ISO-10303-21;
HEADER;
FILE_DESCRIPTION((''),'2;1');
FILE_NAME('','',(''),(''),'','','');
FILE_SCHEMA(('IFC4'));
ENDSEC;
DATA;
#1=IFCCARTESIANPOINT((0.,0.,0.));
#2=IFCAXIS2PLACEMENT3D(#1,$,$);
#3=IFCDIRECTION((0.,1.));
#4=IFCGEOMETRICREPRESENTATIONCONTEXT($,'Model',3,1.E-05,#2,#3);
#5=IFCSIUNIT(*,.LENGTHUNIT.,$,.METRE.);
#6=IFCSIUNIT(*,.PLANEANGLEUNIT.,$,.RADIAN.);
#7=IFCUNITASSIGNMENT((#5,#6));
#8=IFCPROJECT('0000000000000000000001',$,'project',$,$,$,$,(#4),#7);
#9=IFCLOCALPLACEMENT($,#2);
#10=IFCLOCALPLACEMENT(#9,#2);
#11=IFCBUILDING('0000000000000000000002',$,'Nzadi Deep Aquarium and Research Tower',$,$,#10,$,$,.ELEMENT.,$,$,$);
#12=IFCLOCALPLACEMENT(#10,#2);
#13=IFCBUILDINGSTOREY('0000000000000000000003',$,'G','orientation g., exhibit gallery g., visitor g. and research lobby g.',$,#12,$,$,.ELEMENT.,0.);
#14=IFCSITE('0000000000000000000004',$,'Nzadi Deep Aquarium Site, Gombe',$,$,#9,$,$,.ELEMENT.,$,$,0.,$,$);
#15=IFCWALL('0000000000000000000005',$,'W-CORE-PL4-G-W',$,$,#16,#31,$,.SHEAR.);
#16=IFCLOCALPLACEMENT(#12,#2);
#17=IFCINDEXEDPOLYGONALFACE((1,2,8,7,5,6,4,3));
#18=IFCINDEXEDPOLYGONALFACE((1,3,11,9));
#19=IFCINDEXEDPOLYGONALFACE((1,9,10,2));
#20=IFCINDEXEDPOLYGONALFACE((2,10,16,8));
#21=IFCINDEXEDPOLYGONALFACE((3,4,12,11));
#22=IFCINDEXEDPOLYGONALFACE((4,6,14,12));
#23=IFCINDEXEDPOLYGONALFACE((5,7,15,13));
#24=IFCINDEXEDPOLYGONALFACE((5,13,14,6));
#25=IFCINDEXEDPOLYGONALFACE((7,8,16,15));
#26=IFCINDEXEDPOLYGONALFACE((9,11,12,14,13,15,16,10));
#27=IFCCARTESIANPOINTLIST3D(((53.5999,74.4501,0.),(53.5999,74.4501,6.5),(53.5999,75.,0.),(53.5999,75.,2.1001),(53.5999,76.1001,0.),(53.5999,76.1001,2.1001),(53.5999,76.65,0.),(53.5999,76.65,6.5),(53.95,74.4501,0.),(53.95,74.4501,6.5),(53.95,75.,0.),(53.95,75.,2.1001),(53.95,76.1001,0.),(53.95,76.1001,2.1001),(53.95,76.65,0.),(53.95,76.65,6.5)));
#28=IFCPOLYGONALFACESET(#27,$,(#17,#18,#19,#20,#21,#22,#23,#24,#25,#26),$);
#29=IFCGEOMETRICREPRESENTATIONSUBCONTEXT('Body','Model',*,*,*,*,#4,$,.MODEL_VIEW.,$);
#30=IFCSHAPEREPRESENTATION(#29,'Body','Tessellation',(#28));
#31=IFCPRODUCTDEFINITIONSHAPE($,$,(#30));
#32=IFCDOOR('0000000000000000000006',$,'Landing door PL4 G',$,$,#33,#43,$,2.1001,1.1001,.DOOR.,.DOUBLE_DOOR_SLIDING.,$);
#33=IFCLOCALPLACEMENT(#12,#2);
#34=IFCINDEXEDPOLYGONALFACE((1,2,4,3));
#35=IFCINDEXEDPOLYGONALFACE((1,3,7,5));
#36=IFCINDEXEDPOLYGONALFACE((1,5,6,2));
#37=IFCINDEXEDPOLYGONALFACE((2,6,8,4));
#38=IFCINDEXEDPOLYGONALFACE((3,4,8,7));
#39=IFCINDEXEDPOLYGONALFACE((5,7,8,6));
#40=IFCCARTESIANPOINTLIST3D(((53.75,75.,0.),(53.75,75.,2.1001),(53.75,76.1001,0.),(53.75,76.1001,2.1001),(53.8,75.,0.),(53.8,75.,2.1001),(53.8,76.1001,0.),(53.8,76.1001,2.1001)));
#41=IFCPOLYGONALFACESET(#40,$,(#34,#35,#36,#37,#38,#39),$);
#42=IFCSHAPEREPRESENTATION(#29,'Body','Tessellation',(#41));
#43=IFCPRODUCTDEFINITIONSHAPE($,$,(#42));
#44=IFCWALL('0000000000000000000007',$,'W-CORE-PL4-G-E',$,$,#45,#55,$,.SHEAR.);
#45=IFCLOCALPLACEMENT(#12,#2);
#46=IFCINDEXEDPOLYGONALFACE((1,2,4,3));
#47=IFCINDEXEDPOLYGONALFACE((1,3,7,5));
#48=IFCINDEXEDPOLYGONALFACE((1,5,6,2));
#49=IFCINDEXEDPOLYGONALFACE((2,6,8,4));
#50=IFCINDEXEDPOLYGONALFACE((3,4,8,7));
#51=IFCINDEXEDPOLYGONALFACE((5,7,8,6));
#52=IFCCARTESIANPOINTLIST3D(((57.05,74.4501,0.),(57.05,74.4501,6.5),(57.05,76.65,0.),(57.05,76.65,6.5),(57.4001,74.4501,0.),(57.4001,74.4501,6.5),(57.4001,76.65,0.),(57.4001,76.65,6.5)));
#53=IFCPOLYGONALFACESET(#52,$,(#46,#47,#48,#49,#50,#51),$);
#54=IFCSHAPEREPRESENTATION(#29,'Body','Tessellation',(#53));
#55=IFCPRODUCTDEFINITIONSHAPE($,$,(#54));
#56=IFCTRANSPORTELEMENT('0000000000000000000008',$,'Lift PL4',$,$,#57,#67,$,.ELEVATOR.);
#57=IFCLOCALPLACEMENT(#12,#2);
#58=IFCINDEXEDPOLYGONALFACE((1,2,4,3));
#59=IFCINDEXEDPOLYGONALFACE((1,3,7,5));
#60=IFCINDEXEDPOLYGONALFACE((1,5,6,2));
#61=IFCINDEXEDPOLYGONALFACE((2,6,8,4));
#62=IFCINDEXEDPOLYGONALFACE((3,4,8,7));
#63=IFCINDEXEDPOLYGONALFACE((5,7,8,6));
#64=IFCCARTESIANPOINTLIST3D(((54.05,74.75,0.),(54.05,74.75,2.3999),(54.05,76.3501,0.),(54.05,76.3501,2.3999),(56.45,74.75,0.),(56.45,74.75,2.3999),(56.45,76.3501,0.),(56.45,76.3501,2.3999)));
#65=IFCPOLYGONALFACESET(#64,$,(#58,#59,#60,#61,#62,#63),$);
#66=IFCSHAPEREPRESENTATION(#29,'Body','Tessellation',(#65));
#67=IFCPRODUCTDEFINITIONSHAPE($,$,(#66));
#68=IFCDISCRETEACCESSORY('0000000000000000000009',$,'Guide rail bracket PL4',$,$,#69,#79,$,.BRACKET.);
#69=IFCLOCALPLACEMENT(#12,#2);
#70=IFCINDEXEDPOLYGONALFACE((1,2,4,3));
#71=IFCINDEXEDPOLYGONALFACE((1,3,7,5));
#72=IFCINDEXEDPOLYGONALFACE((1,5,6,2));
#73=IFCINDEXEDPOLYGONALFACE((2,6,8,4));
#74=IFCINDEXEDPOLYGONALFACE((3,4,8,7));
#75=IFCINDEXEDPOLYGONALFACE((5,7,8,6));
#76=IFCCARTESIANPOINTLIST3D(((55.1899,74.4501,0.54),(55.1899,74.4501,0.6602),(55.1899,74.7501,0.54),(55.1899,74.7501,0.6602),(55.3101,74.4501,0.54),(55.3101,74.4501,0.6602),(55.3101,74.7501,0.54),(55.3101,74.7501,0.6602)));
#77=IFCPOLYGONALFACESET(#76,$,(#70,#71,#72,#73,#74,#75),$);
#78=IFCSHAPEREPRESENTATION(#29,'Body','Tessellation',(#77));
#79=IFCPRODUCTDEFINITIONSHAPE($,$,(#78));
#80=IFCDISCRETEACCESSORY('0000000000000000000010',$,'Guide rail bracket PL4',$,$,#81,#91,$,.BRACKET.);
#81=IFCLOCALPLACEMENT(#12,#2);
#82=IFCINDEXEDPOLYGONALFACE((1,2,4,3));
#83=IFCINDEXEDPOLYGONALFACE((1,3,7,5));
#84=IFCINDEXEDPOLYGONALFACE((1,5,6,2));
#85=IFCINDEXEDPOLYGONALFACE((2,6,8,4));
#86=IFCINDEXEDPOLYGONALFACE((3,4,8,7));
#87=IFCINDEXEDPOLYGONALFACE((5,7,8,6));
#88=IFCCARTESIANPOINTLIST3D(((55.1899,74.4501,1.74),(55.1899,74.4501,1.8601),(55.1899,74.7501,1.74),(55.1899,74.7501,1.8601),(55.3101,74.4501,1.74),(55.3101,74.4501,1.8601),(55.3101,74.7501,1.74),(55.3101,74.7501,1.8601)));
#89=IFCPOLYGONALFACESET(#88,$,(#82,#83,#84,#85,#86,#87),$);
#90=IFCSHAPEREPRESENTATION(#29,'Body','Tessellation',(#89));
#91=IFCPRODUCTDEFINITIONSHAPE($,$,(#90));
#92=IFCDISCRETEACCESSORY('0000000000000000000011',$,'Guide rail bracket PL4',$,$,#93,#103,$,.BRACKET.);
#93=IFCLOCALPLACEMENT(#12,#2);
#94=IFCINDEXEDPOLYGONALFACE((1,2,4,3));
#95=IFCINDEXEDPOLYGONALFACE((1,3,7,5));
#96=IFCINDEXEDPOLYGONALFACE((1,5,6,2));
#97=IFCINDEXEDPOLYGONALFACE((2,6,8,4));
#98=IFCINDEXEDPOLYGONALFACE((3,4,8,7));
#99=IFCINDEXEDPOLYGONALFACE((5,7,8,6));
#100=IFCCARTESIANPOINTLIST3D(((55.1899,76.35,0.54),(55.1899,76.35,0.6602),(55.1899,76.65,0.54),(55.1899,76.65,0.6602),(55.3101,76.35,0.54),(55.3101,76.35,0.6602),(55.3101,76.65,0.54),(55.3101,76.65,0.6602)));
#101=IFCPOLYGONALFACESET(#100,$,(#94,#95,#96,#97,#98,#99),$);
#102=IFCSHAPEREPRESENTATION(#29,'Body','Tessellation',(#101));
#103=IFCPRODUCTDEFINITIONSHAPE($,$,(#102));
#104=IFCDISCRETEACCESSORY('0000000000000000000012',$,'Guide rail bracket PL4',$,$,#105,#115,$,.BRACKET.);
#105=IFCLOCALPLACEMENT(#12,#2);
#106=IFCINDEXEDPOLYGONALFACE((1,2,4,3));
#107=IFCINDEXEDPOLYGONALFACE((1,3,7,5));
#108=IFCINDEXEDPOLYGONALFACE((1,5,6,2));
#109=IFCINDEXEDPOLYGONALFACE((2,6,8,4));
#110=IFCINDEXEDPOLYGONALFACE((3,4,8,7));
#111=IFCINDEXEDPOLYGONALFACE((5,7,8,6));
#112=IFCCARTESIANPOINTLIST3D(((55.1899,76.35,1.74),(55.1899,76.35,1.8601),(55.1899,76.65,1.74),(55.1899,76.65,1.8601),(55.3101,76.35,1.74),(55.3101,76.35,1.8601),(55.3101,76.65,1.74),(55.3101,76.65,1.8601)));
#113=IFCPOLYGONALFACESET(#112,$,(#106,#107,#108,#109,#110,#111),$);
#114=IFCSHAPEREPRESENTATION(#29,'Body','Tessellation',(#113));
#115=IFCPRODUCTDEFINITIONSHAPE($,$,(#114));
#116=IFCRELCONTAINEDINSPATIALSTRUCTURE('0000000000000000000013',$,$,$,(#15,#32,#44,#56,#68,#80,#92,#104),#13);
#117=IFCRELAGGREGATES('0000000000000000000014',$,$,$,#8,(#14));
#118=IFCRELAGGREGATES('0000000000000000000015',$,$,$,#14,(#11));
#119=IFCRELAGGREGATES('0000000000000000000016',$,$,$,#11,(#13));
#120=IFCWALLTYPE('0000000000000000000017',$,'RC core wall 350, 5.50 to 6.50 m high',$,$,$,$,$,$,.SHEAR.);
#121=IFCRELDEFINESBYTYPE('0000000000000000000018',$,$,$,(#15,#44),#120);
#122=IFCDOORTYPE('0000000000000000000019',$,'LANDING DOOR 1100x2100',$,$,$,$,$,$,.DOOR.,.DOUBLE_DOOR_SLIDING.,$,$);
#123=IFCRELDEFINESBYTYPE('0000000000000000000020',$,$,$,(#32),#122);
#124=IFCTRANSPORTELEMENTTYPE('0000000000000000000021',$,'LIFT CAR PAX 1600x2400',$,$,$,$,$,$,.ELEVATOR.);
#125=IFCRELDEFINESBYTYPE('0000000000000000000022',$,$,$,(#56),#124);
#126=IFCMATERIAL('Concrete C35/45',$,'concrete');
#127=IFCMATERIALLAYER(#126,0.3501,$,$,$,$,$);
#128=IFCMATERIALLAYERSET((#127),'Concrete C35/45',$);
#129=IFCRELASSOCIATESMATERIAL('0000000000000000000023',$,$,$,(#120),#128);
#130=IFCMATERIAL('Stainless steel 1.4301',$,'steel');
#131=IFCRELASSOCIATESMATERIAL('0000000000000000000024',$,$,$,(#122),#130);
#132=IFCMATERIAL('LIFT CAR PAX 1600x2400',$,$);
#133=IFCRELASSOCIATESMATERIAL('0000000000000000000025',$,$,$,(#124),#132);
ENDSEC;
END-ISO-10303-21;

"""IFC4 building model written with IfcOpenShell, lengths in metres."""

from ifc_helpers import new_model, si_unit, direction, frame, frame_2d, origin, origin_2d, place, context, subcontext, project, spatial, rectangle, extrude, material, layer, layer_set, type_object, element, fill, save


model = new_model("IFC4")

# Units and contexts
model_context = context("Model", 3, precision=1e-05, world=origin(), true_north=direction((0.0, 1.0)))
body_context = subcontext(model_context, "Body", "Model", "MODEL_VIEW")
ifc_project = project(units=[si_unit("LENGTHUNIT", "METRE"), si_unit("PLANEANGLEUNIT", "RADIAN")], contexts=[model_context])

# Site, building, storey
site_placement = place(None, origin())
site = spatial("IfcSite", under=ifc_project, at=site_placement, Name="Nzadi Deep Aquarium Site, Gombe", CompositionType="ELEMENT", RefElevation=0.0)
building_placement = place(site_placement, origin())
building = spatial("IfcBuilding", under=site, at=building_placement, Name="Nzadi Deep Aquarium and Research Tower", CompositionType="ELEMENT")
storey_placement = place(building_placement, origin())
storey = spatial("IfcBuildingStorey", under=building, at=storey_placement, Name="G", Description="orientation g., exhibit gallery g., visitor g. and research lobby g.", CompositionType="ELEMENT", Elevation=0.0)

# Shared definitions
ifc_material_1 = material(Name="Concrete C35/45", Category="concrete")
ifc_layer_1 = layer(ifc_material_1, 0.3501)
ifc_layer_set_1 = layer_set([ifc_layer_1], Name="Concrete C35/45")
wall_type_1 = type_object("IfcWallType", Name="RC core wall 350, 5.50 to 6.50 m high", PredefinedType="SHEAR", material=ifc_layer_set_1)

# Wall, opening, door
wall_1_placement = place(storey_placement, frame((53.7749, 74.45, 0.0), z_axis=(0.0, 0.0, 1.0), x_axis=(0.0, 1.0, 0.0)))
wall_1 = element("IfcWall", 1, at=wall_1_placement, inside=storey, type_object=wall_type_1, Name="W-CORE-PL4-G-W", PredefinedType="SHEAR", context=body_context, shape_type="SweptSolid", body=[
    extrude(rectangle(XDim=2.2, YDim=0.3501, at=frame_2d((1.1001, 0.0))), origin(), (0.0, 0.0, 1.0), 6.5),
])
opening_1_placement = place(wall_1_placement, frame((0.55, 0.0, 0.0)))
opening_1 = element("IfcOpeningElement", 2, at=opening_1_placement, cuts=wall_1, PredefinedType="OPENING", context=body_context, shape_type="SweptSolid", body=[
    extrude(rectangle(XDim=1.1001, YDim=2.1001, at=frame_2d((0.55, 1.05))), frame((0.0, 0.1851, 0.0), z_axis=(0.0, -1.0, 0.0), x_axis=(1.0, 0.0, 0.0)), (0.0, 0.0, 1.0), 0.3701),
])
ifc_material_2 = material(Name="Stainless steel 1.4301", Category="steel")
door_type_1 = type_object("IfcDoorType", Name="LANDING DOOR 1100x2100", OperationType="DOUBLE_DOOR_SLIDING", PredefinedType="DOOR", material=ifc_material_2)
door_1_placement = place(opening_1_placement, origin())
door_1 = element("IfcDoor", 3, at=door_1_placement, inside=storey, type_object=door_type_1, Name="Landing door PL4 G", OperationType="DOUBLE_DOOR_SLIDING", OverallHeight=2.1001, OverallWidth=1.1001, PredefinedType="DOOR", context=body_context, shape_type="SweptSolid", body=[
    extrude(rectangle(XDim=1.1001, YDim=2.1001, at=frame_2d((0.55, 1.05))), frame((0.0, 0.0249, 0.0), z_axis=(0.0, -1.0, 0.0), x_axis=(1.0, 0.0, 0.0)), (0.0, 0.0, 1.0), 0.05),
])
fill(opening_1, door_1)

# Wall
wall_2_placement = place(storey_placement, frame((57.2251, 74.45, 0.0), z_axis=(0.0, 0.0, 1.0), x_axis=(0.0, 1.0, 0.0)))
element("IfcWall", 4, at=wall_2_placement, inside=storey, type_object=wall_type_1, Name="W-CORE-PL4-G-E", PredefinedType="SHEAR", context=body_context, shape_type="SweptSolid", body=[
    extrude(rectangle(XDim=2.2, YDim=0.3501, at=frame_2d((1.1001, 0.0))), origin(), (0.0, 0.0, 1.0), 6.5),
])

# Transport element
ifc_material_3 = material(Name="LIFT CAR PAX 1600x2400")
transport_element_type = type_object("IfcTransportElementType", Name="LIFT CAR PAX 1600x2400", PredefinedType="ELEVATOR", material=ifc_material_3)
transport_element_placement = place(storey_placement, frame((55.25, 75.55, 0.0), z_axis=(0.0, 0.0, 1.0), x_axis=(1.0, 0.0, 0.0)))
element("IfcTransportElement", 5, at=transport_element_placement, inside=storey, type_object=transport_element_type, Name="Lift PL4", PredefinedType="ELEVATOR", context=body_context, shape_type="SweptSolid", body=[
    extrude(rectangle(XDim=2.3999, YDim=1.6001, at=origin_2d()), origin(), (0.0, 0.0, 1.0), 2.3999),
])

# Discrete accessories
for number, where, z_axis, x_axis, name in (
    (6, (55.25, 74.6001, 0.54), (0.0, 0.0, 1.0), (1.0, 0.0, 0.0), "Guide rail bracket PL4"),
    (7, (55.25, 74.6001, 1.74), (0.0, 0.0, 1.0), (1.0, 0.0, 0.0), "Guide rail bracket PL4"),
    (8, (55.25, 76.5, 0.54), (0.0, 0.0, 1.0), (1.0, 0.0, 0.0), "Guide rail bracket PL4"),
    (9, (55.25, 76.5, 1.74), (0.0, 0.0, 1.0), (1.0, 0.0, 0.0), "Guide rail bracket PL4"),
):
    element("IfcDiscreteAccessory", number, at=place(storey_placement, frame(where, z_axis=z_axis, x_axis=x_axis)), inside=storey, Name=name, PredefinedType="BRACKET", context=body_context, shape_type="SweptSolid", body=[
        extrude(rectangle(XDim=0.1201, YDim=0.3, at=origin_2d()), origin(), (0.0, 0.0, 1.0), 0.1201),
    ])

save(model, "model.ifc")
